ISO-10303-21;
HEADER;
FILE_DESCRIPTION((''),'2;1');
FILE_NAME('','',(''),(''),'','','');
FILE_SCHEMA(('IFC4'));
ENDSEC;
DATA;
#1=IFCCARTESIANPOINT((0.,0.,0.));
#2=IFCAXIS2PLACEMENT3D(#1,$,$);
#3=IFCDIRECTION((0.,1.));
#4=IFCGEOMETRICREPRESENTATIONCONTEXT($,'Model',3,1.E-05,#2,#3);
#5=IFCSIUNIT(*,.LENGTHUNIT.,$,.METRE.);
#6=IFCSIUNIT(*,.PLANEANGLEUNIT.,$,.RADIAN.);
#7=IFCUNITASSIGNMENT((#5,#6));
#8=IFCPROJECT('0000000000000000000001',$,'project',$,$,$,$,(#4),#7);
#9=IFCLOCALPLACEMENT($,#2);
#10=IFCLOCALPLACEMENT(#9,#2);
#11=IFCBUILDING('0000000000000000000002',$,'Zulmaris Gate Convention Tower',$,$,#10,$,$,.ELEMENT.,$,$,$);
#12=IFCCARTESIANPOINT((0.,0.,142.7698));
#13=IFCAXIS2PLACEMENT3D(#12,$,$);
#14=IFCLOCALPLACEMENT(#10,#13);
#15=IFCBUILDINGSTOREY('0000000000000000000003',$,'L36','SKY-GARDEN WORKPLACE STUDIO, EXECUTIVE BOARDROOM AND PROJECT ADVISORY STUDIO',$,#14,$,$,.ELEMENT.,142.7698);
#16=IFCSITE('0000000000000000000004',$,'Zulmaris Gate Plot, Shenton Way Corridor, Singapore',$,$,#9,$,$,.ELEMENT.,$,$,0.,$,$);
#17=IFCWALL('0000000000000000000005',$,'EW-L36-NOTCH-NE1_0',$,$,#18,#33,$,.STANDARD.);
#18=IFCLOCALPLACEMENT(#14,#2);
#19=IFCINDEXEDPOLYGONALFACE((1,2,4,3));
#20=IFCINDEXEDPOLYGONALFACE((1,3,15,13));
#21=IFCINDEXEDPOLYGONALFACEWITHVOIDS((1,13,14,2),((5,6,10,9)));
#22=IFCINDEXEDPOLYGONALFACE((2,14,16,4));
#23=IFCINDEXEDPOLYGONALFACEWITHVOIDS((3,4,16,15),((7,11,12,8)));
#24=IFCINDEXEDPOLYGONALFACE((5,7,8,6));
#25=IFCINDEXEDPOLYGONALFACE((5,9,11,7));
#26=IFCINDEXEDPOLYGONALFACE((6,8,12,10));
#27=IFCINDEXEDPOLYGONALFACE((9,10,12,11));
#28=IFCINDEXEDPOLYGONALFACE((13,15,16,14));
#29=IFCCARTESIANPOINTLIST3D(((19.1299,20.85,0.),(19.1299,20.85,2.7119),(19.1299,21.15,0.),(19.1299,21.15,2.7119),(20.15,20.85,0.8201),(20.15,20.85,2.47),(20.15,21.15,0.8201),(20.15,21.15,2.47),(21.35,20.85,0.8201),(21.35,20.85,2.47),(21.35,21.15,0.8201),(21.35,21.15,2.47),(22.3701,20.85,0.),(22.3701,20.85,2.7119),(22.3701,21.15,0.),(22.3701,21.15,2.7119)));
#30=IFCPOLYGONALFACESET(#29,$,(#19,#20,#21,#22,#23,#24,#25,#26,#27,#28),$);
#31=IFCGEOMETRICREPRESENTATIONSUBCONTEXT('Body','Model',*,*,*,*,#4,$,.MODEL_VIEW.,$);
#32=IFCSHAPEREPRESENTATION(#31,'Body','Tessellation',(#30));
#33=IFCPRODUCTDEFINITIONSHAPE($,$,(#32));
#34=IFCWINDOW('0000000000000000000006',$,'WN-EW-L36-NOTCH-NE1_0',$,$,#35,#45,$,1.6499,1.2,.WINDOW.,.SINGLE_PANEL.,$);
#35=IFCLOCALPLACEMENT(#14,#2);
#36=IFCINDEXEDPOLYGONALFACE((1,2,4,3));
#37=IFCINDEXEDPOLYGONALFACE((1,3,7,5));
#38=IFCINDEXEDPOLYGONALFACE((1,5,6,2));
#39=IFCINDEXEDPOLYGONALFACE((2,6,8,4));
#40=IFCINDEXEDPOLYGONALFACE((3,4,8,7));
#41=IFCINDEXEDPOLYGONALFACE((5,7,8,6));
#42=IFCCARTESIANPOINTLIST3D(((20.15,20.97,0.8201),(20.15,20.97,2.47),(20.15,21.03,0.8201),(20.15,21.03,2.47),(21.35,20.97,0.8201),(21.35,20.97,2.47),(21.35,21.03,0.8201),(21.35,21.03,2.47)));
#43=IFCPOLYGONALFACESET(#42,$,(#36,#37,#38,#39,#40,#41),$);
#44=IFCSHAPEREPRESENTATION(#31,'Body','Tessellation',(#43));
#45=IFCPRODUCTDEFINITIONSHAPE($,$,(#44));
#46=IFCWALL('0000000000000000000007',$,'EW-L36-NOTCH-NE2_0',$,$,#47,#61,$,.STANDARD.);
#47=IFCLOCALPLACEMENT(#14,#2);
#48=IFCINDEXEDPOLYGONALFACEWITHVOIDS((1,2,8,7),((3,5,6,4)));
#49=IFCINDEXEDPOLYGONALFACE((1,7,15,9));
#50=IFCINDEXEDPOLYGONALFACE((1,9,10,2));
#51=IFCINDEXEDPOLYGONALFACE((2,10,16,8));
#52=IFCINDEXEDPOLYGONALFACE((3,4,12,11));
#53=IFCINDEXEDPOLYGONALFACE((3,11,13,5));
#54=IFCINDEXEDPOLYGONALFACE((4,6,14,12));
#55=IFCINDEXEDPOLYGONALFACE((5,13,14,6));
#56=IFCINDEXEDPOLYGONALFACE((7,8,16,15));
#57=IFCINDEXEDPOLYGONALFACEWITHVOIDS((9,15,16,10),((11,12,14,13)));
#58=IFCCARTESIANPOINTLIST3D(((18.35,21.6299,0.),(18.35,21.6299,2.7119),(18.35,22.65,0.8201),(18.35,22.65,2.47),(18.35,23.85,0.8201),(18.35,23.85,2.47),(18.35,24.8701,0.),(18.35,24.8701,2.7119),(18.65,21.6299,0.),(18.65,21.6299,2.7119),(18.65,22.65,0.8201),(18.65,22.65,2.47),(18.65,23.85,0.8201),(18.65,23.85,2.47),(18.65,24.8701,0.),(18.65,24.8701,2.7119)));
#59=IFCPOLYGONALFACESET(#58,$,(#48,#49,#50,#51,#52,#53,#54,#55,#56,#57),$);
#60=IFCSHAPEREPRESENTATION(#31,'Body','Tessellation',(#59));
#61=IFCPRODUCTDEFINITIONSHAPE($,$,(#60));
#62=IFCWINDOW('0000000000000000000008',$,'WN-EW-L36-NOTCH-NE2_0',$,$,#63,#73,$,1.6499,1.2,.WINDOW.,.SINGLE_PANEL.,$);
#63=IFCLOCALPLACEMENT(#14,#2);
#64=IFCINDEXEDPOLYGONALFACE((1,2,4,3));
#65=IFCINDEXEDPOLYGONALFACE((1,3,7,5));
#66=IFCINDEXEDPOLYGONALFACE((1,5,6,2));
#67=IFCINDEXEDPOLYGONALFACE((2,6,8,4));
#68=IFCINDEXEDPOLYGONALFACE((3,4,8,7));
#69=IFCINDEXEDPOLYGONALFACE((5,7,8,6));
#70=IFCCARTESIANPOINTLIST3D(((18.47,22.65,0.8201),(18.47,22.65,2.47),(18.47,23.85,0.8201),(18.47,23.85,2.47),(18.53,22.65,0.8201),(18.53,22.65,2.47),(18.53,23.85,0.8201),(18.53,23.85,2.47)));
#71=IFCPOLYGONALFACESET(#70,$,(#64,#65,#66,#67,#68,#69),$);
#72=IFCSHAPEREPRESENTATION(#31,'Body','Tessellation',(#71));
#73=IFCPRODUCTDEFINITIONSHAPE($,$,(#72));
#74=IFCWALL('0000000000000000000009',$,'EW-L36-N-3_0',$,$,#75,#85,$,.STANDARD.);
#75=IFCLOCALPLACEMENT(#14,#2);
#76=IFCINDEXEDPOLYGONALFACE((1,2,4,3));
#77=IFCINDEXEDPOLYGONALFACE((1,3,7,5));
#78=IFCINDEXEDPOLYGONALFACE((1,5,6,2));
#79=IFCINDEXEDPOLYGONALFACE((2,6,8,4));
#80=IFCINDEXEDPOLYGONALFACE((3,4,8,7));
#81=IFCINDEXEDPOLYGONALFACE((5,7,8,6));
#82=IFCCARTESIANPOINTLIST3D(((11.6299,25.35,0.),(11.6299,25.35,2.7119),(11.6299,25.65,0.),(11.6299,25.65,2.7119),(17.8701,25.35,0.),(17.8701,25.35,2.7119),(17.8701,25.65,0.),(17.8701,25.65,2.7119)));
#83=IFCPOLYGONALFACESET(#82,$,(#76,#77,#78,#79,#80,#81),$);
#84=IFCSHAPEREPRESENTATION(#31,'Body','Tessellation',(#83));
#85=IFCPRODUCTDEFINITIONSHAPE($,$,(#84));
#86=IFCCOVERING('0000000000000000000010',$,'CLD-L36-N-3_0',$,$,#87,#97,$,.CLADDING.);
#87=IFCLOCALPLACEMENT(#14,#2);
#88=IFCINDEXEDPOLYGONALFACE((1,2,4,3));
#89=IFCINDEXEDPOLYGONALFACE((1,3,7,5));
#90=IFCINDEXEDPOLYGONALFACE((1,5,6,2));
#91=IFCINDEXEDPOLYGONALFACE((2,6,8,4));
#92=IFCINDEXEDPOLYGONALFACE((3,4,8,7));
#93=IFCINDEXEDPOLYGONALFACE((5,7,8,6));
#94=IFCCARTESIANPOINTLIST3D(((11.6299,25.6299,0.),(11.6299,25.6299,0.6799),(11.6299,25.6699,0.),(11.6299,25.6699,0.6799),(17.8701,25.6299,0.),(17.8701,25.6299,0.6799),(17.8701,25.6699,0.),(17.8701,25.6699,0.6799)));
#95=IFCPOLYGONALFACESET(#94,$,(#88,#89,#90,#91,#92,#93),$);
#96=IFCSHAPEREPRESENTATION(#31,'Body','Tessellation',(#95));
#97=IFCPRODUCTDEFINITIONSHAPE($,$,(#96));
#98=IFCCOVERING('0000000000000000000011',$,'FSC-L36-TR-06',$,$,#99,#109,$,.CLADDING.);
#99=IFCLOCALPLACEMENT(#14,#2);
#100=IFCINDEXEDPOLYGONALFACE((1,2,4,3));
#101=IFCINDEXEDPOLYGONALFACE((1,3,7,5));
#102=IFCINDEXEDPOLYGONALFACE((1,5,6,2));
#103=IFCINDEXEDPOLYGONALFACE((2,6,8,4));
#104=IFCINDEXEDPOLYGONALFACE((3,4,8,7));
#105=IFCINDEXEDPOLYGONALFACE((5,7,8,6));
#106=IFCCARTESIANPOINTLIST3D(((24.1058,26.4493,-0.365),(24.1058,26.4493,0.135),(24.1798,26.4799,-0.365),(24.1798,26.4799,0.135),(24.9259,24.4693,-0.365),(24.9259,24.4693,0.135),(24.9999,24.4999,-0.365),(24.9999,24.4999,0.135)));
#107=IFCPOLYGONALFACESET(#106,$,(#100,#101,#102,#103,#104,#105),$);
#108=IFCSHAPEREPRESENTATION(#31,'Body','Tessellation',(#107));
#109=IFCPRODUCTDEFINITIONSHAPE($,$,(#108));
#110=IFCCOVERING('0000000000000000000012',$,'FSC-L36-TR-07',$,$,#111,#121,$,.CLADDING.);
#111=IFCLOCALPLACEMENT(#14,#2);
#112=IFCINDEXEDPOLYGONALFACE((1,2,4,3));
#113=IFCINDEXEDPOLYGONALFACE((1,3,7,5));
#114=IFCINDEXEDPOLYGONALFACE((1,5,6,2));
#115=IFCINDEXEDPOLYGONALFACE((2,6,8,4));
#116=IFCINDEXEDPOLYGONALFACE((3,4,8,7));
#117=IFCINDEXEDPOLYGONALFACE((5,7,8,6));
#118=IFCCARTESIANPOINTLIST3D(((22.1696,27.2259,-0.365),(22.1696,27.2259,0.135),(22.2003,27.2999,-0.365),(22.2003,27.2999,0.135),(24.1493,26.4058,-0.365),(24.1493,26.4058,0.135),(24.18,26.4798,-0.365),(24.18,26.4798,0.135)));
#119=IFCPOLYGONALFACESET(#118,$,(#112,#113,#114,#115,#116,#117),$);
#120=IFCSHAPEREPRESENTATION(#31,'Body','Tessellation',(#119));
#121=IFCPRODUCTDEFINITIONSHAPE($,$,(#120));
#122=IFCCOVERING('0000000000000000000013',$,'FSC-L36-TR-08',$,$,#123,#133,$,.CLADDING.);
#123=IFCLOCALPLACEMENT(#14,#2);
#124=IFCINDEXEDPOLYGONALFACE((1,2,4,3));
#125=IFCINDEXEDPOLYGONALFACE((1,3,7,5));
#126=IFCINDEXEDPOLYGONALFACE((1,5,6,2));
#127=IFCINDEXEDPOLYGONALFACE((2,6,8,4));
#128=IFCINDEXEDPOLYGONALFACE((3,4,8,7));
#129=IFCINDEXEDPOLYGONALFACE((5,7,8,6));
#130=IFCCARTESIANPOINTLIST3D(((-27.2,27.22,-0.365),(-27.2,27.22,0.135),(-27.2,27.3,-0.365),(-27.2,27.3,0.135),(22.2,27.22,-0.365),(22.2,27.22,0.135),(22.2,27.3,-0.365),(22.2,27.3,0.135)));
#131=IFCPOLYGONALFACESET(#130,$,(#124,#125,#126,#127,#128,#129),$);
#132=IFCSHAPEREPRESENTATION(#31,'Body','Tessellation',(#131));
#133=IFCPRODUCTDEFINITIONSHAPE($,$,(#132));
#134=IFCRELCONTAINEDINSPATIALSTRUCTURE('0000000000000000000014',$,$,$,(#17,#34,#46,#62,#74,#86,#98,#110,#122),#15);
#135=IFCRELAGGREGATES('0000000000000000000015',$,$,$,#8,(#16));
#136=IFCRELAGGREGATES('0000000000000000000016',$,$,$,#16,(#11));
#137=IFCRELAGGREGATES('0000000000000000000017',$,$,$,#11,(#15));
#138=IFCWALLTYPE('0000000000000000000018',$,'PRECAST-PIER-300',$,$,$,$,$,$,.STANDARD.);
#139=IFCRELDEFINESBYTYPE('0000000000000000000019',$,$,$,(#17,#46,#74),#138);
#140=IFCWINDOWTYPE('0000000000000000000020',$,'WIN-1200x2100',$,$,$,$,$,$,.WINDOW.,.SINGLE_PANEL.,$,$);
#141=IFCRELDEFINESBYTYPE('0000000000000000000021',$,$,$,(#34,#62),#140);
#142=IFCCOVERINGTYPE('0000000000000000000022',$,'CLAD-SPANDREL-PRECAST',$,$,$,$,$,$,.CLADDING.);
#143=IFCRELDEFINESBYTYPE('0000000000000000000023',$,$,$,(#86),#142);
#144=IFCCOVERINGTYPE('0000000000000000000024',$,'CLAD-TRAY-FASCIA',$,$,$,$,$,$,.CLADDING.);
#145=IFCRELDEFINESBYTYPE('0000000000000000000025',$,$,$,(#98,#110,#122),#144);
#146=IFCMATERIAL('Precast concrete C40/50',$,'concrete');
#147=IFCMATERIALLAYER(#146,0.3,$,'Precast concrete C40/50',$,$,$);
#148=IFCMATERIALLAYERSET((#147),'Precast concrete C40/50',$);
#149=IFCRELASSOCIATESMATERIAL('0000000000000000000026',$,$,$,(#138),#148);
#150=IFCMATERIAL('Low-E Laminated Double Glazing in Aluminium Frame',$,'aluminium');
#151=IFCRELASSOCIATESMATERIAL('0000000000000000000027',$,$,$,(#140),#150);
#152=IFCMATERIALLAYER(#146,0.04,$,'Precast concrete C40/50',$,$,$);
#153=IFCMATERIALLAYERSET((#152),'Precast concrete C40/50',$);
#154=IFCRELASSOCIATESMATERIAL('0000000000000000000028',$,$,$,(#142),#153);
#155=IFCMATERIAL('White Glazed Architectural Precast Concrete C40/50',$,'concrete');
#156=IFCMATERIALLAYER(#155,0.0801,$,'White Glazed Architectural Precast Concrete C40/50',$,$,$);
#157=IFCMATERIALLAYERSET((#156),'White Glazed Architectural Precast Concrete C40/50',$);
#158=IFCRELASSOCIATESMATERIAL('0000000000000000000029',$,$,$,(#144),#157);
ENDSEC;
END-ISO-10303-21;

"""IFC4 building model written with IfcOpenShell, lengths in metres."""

from ifc_helpers import new_model, si_unit, direction, frame, frame_2d, origin, place, context, subcontext, project, spatial, rectangle, extrude, material, layer, layer_set, type_object, element, fill, save


model = new_model("IFC4")

# Units and contexts
model_context = context("Model", 3, precision=1e-05, world=origin(), true_north=direction((0.0, 1.0)))
body_context = subcontext(model_context, "Body", "Model", "MODEL_VIEW")
ifc_project = project(units=[si_unit("LENGTHUNIT", "METRE"), si_unit("PLANEANGLEUNIT", "RADIAN")], contexts=[model_context])

# Site, building, storey
site_placement = place(None, origin())
site = spatial("IfcSite", under=ifc_project, at=site_placement, Name="Zulmaris Gate Plot, Shenton Way Corridor, Singapore", CompositionType="ELEMENT", RefElevation=0.0)
building_placement = place(site_placement, origin())
building = spatial("IfcBuilding", under=site, at=building_placement, Name="Zulmaris Gate Convention Tower", CompositionType="ELEMENT")
storey_placement = place(building_placement, frame((0.0, 0.0, 142.7698)))
storey = spatial("IfcBuildingStorey", under=building, at=storey_placement, Name="L36", Description="SKY-GARDEN WORKPLACE STUDIO, EXECUTIVE BOARDROOM AND PROJECT ADVISORY STUDIO", CompositionType="ELEMENT", Elevation=142.7698)

# Walls, openings, windows
ifc_material_1 = material(Name="Precast concrete C40/50", Category="concrete")
ifc_layer_1 = layer(ifc_material_1, 0.3, Name="Precast concrete C40/50")
ifc_layer_set_1 = layer_set([ifc_layer_1], Name="Precast concrete C40/50")
wall_type = type_object("IfcWallType", Name="PRECAST-PIER-300", PredefinedType="STANDARD", material=ifc_layer_set_1)
wall_1_placement = place(storey_placement, frame((22.3701, 21.0, 0.0), z_axis=(0.0, 0.0, 1.0), x_axis=(-1.0, 0.0, 0.0)))
wall_1 = element("IfcWall", 1, at=wall_1_placement, inside=storey, type_object=wall_type, Name="EW-L36-NOTCH-NE1_0", PredefinedType="STANDARD", context=body_context, shape_type="SweptSolid", body=[
    extrude(rectangle(XDim=3.2402, YDim=0.3, at=frame_2d((1.6201, 0.0))), origin(), (0.0, 0.0, 1.0), 2.7119),
])
opening_1_placement = place(wall_1_placement, frame((1.02, 0.0, 0.8201)))
opening_1 = element("IfcOpeningElement", 2, at=opening_1_placement, cuts=wall_1, PredefinedType="OPENING", context=body_context, shape_type="SweptSolid", body=[
    extrude(rectangle(XDim=1.2, YDim=1.6499, at=frame_2d((0.6001, 0.825))), frame((0.0, 0.1602, 0.0), z_axis=(0.0, -1.0, 0.0), x_axis=(1.0, 0.0, 0.0)), (0.0, 0.0, 1.0), 0.3201),
])
ifc_material_2 = material(Name="Low-E Laminated Double Glazing in Aluminium Frame", Category="aluminium")
window_type = type_object("IfcWindowType", Name="WIN-1200x2100", PartitioningType="SINGLE_PANEL", PredefinedType="WINDOW", material=ifc_material_2)
window_1_placement = place(opening_1_placement, origin())
window_1 = element("IfcWindow", 3, at=window_1_placement, inside=storey, type_object=window_type, Name="WN-EW-L36-NOTCH-NE1_0", OverallHeight=1.6499, OverallWidth=1.2, PartitioningType="SINGLE_PANEL", PredefinedType="WINDOW", context=body_context, shape_type="SweptSolid", body=[
    extrude(rectangle(XDim=1.2, YDim=1.6499, at=frame_2d((0.6001, 0.825))), frame((0.0, 0.03, 0.0), z_axis=(0.0, -1.0, 0.0), x_axis=(1.0, 0.0, 0.0)), (0.0, 0.0, 1.0), 0.0601),
])
fill(opening_1, window_1)
wall_2_placement = place(storey_placement, frame((18.5, 21.6299, 0.0), z_axis=(0.0, 0.0, 1.0), x_axis=(0.0, 1.0, 0.0)))
wall_2 = element("IfcWall", 4, at=wall_2_placement, inside=storey, type_object=wall_type, Name="EW-L36-NOTCH-NE2_0", PredefinedType="STANDARD", context=body_context, shape_type="SweptSolid", body=[
    extrude(rectangle(XDim=3.2402, YDim=0.3, at=frame_2d((1.6201, 0.0))), origin(), (0.0, 0.0, 1.0), 2.7119),
])
opening_2_placement = place(wall_2_placement, frame((1.02, 0.0, 0.8201)))
opening_2 = element("IfcOpeningElement", 5, at=opening_2_placement, cuts=wall_2, PredefinedType="OPENING", context=body_context, shape_type="SweptSolid", body=[
    extrude(rectangle(XDim=1.2, YDim=1.6499, at=frame_2d((0.6001, 0.825))), frame((0.0, 0.1602, 0.0), z_axis=(0.0, -1.0, 0.0), x_axis=(1.0, 0.0, 0.0)), (0.0, 0.0, 1.0), 0.3201),
])
window_2_placement = place(opening_2_placement, origin())
window_2 = element("IfcWindow", 6, at=window_2_placement, inside=storey, type_object=window_type, Name="WN-EW-L36-NOTCH-NE2_0", OverallHeight=1.6499, OverallWidth=1.2, PartitioningType="SINGLE_PANEL", PredefinedType="WINDOW", context=body_context, shape_type="SweptSolid", body=[
    extrude(rectangle(XDim=1.2, YDim=1.6499, at=frame_2d((0.6001, 0.825))), frame((0.0, 0.03, 0.0), z_axis=(0.0, -1.0, 0.0), x_axis=(1.0, 0.0, 0.0)), (0.0, 0.0, 1.0), 0.0601),
])
fill(opening_2, window_2)

# Wall
wall_3_placement = place(storey_placement, frame((17.8701, 25.5, 0.0), z_axis=(0.0, 0.0, 1.0), x_axis=(-1.0, 0.0, 0.0)))
element("IfcWall", 7, at=wall_3_placement, inside=storey, type_object=wall_type, Name="EW-L36-N-3_0", PredefinedType="STANDARD", context=body_context, shape_type="SweptSolid", body=[
    extrude(rectangle(XDim=6.2402, YDim=0.3, at=frame_2d((3.1201, 0.0))), origin(), (0.0, 0.0, 1.0), 2.7119),
])

# Coverings
ifc_layer_2 = layer(ifc_material_1, 0.04, Name="Precast concrete C40/50")
ifc_layer_set_2 = layer_set([ifc_layer_2], Name="Precast concrete C40/50")
covering_type_1 = type_object("IfcCoveringType", Name="CLAD-SPANDREL-PRECAST", PredefinedType="CLADDING", material=ifc_layer_set_2)
covering_1_placement = place(storey_placement, frame((17.8701, 25.6499, 0.0), z_axis=(0.0, 0.0, 1.0), x_axis=(-1.0, 0.0, 0.0)))
element("IfcCovering", 8, at=covering_1_placement, inside=storey, type_object=covering_type_1, Name="CLD-L36-N-3_0", PredefinedType="CLADDING", context=body_context, shape_type="SweptSolid", body=[
    extrude(rectangle(XDim=6.2402, YDim=0.04, at=frame_2d((3.1201, 0.0))), origin(), (0.0, 0.0, 1.0), 0.6799),
])
ifc_material_3 = material(Name="White Glazed Architectural Precast Concrete C40/50", Category="concrete")
ifc_layer_3 = layer(ifc_material_3, 0.0801, Name="White Glazed Architectural Precast Concrete C40/50")
ifc_layer_set_3 = layer_set([ifc_layer_3], Name="White Glazed Architectural Precast Concrete C40/50")
covering_type_2 = type_object("IfcCoveringType", Name="CLAD-TRAY-FASCIA", PredefinedType="CLADDING", material=ifc_layer_set_3)
covering_2_placement = place(storey_placement, frame((24.9629, 24.4846, -0.365), z_axis=(0.0, 0.0, 1.0), x_axis=(-0.382657, 0.92389, 0.0)))
element("IfcCovering", 9, at=covering_2_placement, inside=storey, type_object=covering_type_2, Name="FSC-L36-TR-06", PredefinedType="CLADDING", context=body_context, shape_type="SweptSolid", body=[
    extrude(rectangle(XDim=2.1431, YDim=0.0801, at=frame_2d((1.0715, 0.0))), origin(), (0.0, 0.0, 1.0), 0.5),
])
covering_3_placement = place(storey_placement, frame((24.1646, 26.4429, -0.365), z_axis=(0.0, 0.0, 1.0), x_axis=(-0.923874, 0.382697, 0.0)))
element("IfcCovering", 10, at=covering_3_placement, inside=storey, type_object=covering_type_2, Name="FSC-L36-TR-07", PredefinedType="CLADDING", context=body_context, shape_type="SweptSolid", body=[
    extrude(rectangle(XDim=2.1428, YDim=0.0801, at=frame_2d((1.0713, 0.0))), origin(), (0.0, 0.0, 1.0), 0.5),
])
covering_4_placement = place(storey_placement, frame((22.2, 27.26, -0.365), z_axis=(0.0, 0.0, 1.0), x_axis=(-1.0, 0.0, 0.0)))
element("IfcCovering", 11, at=covering_4_placement, inside=storey, type_object=covering_type_2, Name="FSC-L36-TR-08", PredefinedType="CLADDING", context=body_context, shape_type="SweptSolid", body=[
    extrude(rectangle(XDim=49.3999, YDim=0.0801, at=frame_2d((24.7, 0.0))), origin(), (0.0, 0.0, 1.0), 0.5),
])

save(model, "model.ifc")
